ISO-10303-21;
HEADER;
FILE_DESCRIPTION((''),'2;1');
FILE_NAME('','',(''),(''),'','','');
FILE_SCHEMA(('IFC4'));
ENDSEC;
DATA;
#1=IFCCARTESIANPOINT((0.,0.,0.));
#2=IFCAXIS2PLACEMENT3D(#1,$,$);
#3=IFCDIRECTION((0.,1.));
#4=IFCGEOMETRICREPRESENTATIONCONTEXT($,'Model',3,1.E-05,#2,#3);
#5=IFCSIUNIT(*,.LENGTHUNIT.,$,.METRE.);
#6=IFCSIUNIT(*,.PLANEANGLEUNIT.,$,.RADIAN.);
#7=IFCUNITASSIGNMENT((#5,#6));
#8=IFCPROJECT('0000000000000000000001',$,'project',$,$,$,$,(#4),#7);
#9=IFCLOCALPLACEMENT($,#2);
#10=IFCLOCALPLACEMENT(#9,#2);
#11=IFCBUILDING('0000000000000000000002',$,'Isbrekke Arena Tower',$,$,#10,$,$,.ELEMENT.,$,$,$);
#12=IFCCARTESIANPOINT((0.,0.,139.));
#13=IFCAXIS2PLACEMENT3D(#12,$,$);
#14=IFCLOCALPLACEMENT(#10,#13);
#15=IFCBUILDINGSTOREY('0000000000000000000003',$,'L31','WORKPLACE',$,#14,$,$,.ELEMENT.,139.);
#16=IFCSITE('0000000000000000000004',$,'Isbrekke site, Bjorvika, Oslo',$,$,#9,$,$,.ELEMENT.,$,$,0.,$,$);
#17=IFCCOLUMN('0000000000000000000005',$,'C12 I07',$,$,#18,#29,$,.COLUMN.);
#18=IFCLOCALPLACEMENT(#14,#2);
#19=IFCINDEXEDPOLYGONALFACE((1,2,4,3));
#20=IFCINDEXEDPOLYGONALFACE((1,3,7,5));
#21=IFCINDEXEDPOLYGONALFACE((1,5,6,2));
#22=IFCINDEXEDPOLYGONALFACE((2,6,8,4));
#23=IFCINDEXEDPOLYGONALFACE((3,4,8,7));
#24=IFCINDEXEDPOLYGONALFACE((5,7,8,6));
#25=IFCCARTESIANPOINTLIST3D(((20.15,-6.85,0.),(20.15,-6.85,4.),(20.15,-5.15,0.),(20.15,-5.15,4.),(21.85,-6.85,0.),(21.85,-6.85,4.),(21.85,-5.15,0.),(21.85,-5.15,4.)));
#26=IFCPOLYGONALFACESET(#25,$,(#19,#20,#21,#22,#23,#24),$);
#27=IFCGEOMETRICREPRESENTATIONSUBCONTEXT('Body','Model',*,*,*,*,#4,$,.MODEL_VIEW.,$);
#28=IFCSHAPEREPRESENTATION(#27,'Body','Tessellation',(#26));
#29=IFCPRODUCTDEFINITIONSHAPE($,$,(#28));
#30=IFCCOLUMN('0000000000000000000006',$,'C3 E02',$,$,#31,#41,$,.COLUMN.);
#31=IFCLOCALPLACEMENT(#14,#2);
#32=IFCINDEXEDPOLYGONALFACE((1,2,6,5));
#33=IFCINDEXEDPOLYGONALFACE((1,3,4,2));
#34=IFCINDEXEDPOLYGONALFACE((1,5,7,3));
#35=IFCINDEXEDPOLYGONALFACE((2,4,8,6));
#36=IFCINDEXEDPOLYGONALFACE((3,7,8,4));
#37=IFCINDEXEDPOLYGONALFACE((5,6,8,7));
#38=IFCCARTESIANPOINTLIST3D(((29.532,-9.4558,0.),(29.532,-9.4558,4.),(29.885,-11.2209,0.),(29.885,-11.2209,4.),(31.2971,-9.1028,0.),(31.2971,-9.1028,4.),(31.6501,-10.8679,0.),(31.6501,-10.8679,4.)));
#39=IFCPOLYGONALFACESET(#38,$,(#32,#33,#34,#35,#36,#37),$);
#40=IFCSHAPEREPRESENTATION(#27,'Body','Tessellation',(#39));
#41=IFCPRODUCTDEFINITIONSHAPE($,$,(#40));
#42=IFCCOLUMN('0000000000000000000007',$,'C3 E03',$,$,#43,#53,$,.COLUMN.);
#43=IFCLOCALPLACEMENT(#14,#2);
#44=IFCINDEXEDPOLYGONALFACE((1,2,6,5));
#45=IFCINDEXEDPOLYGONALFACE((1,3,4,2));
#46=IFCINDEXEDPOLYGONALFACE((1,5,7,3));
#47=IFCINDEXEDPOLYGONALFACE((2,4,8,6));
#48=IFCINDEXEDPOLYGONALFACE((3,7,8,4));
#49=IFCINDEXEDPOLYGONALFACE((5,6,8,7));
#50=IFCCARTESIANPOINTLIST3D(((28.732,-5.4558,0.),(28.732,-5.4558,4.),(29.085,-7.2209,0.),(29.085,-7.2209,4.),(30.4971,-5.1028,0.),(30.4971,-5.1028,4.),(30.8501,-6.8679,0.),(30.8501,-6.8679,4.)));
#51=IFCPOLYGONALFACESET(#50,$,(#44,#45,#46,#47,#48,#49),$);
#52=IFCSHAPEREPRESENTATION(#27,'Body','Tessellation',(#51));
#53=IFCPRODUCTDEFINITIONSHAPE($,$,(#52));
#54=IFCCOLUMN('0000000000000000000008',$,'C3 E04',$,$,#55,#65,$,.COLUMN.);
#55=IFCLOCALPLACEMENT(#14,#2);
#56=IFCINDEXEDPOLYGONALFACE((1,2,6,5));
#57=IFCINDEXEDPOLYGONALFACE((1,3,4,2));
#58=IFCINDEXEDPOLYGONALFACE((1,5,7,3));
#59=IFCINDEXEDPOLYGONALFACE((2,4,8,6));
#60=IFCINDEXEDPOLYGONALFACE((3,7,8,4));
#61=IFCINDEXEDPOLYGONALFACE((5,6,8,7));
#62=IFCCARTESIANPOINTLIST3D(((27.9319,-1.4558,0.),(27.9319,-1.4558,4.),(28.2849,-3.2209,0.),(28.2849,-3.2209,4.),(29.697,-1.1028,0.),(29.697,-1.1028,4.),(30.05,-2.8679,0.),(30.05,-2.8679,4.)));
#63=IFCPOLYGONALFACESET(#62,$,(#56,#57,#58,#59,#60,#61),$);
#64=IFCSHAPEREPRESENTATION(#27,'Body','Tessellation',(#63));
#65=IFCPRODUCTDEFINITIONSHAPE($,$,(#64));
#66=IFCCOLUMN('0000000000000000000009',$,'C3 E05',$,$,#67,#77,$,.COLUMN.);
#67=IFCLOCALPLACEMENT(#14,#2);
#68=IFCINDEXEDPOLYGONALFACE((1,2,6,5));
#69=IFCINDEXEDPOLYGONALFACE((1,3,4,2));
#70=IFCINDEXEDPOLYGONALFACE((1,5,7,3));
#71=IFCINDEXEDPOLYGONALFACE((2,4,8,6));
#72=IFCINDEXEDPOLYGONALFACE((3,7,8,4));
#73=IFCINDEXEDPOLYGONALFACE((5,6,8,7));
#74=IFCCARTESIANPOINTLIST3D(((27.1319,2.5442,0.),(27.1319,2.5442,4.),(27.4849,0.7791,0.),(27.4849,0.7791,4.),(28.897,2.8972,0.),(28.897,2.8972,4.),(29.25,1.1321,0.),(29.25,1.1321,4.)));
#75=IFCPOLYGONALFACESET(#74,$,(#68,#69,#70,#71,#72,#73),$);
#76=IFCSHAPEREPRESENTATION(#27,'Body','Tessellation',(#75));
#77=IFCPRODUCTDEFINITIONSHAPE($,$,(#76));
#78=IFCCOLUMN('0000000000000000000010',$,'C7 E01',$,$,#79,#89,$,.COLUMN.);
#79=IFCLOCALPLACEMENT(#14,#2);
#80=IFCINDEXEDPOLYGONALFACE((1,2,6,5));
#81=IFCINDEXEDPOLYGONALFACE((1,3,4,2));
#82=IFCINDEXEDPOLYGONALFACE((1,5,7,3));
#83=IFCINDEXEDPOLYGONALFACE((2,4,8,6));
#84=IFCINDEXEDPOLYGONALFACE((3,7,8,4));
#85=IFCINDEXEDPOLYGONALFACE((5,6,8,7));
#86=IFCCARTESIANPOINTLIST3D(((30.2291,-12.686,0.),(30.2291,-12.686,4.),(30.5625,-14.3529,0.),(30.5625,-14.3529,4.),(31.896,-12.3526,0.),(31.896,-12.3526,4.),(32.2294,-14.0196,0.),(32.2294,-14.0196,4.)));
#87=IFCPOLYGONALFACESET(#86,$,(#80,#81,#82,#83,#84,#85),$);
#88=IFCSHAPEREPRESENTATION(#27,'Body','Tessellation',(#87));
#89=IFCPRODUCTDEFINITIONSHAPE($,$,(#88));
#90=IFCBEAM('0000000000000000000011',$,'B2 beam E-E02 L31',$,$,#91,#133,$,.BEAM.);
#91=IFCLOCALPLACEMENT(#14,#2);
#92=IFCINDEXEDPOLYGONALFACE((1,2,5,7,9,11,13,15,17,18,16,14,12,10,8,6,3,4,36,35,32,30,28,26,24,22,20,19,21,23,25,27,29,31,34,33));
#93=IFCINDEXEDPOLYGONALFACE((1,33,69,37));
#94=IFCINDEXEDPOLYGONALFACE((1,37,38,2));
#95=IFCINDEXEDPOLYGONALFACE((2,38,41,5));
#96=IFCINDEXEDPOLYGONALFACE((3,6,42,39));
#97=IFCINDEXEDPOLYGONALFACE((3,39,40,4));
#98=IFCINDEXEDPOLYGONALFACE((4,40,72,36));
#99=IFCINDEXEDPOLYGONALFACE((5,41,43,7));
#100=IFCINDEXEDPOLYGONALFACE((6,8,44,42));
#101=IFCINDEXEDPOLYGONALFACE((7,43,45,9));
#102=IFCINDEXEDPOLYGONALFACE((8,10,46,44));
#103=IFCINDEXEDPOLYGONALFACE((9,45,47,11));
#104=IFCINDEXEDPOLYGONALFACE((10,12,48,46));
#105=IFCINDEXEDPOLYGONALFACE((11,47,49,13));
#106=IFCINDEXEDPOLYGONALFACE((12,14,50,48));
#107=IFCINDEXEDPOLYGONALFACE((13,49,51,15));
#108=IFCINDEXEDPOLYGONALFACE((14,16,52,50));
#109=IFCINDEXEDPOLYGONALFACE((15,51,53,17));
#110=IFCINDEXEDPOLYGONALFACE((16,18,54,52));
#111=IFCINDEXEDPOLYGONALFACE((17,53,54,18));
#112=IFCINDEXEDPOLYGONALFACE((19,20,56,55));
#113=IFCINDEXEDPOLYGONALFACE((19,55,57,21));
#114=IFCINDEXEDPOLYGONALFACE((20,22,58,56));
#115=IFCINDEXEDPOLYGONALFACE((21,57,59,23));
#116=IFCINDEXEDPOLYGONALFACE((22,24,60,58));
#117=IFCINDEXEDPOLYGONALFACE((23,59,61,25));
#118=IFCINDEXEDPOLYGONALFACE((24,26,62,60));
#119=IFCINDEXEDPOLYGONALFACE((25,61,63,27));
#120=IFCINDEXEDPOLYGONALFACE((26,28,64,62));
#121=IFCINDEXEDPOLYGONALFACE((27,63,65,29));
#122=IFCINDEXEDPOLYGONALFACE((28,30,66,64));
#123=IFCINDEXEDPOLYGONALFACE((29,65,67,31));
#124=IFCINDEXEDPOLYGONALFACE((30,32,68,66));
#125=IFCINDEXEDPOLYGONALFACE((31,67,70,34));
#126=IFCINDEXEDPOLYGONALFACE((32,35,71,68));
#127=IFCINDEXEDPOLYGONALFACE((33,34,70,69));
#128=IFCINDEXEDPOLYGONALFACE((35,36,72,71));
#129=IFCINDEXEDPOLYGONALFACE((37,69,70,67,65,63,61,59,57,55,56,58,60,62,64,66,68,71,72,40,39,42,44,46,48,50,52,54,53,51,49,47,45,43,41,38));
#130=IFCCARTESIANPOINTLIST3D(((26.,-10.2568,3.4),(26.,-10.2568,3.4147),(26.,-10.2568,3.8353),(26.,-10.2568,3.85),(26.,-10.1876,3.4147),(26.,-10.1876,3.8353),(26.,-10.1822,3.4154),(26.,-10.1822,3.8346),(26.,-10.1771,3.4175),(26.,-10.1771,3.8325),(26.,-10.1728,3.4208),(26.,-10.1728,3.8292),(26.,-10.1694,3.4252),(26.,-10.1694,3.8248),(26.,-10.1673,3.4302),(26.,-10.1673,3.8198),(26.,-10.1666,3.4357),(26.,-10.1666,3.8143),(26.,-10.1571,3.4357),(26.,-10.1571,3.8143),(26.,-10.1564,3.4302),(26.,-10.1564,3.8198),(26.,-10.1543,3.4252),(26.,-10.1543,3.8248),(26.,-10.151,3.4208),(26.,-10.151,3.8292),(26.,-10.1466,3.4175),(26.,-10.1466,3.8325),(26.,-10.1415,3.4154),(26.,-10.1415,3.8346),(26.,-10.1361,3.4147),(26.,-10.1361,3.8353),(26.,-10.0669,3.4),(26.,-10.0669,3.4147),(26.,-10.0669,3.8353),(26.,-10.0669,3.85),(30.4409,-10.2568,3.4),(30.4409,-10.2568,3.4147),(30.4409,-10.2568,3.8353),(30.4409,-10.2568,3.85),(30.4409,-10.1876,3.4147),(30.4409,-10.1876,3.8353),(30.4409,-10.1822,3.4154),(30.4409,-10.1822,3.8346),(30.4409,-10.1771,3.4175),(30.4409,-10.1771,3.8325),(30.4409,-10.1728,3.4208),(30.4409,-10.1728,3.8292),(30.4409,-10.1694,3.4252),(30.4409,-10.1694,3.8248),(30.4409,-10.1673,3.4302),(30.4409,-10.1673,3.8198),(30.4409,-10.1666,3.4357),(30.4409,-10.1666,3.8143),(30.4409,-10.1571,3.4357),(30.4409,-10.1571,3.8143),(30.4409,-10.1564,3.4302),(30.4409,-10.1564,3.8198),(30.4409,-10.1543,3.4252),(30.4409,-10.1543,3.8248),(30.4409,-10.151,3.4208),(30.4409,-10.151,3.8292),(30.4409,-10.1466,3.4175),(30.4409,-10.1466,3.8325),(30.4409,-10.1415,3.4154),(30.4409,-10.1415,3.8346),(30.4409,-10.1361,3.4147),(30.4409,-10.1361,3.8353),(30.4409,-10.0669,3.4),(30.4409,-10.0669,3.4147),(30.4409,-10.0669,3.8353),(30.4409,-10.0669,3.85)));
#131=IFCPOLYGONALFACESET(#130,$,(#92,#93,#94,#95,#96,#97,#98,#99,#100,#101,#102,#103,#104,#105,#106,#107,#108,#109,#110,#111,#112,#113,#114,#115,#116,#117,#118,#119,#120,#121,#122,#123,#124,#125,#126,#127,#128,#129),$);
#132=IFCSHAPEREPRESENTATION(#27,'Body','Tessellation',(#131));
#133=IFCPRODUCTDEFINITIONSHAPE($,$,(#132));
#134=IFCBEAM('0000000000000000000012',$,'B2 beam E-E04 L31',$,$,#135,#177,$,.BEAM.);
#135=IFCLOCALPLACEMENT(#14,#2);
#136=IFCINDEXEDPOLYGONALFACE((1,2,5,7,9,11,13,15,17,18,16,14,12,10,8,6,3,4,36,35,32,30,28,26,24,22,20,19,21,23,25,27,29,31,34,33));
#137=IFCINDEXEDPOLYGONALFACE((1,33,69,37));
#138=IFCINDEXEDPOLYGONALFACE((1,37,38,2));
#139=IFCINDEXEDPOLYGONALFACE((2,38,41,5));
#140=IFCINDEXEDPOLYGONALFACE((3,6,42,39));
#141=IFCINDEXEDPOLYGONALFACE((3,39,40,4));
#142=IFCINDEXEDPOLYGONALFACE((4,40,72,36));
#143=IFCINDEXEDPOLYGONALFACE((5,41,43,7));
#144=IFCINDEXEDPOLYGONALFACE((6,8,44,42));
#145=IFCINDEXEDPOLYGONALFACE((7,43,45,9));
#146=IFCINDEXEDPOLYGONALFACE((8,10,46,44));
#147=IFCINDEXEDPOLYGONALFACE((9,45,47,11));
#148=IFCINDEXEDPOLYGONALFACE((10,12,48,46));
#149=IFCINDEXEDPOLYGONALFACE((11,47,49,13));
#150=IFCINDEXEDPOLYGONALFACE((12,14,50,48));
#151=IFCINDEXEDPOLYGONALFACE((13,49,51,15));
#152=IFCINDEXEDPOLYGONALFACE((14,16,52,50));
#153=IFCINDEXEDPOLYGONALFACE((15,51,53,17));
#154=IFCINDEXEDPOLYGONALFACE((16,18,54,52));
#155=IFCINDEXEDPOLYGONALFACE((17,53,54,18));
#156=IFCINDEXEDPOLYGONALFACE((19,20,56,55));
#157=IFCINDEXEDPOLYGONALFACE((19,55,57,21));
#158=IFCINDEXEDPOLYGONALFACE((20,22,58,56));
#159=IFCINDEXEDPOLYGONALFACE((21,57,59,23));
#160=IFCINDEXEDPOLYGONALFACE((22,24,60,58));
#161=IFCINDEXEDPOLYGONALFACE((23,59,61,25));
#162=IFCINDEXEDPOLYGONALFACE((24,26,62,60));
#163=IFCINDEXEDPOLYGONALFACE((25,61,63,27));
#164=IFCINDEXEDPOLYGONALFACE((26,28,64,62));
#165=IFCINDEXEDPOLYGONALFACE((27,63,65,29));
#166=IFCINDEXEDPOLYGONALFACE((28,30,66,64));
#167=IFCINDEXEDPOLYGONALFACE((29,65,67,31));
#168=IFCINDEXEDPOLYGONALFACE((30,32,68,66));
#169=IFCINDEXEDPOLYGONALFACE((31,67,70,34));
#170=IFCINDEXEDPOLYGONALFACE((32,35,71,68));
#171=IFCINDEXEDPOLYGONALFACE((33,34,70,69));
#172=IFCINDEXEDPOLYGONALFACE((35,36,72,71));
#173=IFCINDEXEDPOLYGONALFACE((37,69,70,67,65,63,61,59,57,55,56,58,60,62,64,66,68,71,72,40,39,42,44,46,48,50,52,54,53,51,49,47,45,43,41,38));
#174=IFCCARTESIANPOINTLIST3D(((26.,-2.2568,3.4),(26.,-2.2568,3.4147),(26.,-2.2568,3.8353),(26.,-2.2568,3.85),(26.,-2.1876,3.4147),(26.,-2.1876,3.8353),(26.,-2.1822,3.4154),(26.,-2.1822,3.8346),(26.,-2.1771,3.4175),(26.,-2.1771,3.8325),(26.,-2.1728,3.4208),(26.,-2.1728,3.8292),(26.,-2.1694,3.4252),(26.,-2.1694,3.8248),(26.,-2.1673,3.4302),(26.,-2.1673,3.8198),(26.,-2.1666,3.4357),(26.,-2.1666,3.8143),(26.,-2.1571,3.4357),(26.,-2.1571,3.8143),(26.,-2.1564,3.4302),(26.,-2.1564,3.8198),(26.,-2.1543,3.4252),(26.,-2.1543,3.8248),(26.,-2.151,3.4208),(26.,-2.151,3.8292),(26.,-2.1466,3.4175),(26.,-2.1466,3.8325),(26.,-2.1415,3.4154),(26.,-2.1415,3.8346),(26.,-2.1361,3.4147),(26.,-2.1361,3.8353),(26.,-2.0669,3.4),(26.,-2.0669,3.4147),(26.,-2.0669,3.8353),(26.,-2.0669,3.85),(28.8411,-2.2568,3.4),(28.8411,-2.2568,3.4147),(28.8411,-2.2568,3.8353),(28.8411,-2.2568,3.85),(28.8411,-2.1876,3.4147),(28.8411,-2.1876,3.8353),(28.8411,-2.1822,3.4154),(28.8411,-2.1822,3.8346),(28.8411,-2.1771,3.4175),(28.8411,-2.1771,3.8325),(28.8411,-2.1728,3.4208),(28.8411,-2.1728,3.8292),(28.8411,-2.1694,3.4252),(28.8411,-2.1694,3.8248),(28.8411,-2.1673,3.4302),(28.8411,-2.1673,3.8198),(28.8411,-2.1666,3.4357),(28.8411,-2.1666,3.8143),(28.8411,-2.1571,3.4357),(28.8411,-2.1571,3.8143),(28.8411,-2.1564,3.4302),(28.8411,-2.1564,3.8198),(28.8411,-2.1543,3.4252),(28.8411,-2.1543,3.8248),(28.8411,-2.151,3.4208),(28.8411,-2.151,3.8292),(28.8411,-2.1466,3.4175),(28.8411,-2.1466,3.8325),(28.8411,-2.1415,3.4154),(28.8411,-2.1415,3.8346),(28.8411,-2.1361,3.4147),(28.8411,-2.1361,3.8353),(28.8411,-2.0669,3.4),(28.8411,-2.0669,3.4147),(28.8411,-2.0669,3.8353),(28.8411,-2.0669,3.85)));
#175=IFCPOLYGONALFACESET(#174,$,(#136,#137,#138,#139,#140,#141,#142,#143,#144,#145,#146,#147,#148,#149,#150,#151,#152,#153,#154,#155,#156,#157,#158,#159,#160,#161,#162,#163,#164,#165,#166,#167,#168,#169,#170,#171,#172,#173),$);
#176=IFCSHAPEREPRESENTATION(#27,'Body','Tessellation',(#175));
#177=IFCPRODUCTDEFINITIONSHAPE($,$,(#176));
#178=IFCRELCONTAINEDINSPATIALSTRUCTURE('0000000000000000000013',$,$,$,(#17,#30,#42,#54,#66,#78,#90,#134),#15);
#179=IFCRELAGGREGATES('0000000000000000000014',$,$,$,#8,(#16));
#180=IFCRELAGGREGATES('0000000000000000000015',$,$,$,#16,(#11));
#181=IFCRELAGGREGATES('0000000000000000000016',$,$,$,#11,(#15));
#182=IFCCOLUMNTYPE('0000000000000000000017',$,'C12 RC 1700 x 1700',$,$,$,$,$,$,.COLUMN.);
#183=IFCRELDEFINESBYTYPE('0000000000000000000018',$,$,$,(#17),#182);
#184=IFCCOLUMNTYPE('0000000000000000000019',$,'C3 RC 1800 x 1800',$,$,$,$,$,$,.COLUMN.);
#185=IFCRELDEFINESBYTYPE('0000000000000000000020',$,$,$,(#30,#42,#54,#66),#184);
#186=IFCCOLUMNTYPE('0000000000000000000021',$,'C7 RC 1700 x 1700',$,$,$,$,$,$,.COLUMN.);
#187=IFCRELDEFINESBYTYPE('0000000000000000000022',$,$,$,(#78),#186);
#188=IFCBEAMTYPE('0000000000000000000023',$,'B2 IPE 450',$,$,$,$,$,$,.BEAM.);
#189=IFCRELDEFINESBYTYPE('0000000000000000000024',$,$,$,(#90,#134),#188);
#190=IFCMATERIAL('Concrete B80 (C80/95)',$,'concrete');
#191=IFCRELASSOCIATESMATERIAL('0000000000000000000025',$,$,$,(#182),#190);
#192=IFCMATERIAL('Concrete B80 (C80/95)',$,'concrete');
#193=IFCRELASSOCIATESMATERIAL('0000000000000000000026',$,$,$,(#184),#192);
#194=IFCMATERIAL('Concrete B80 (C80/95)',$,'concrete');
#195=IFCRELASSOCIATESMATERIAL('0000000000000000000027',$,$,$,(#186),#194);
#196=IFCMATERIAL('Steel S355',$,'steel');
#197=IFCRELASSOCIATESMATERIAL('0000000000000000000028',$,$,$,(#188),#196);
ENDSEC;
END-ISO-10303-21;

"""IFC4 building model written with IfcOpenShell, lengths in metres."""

from ifc_helpers import new_model, si_unit, direction, frame, origin, origin_2d, place, context, subcontext, project, spatial, rectangle, i_section, extrude, material, material_profile, profile_set, type_object, element, save


model = new_model("IFC4")

# Units and contexts
model_context = context("Model", 3, precision=1e-05, world=origin(), true_north=direction((0.0, 1.0)))
body_context = subcontext(model_context, "Body", "Model", "MODEL_VIEW")
ifc_project = project(units=[si_unit("LENGTHUNIT", "METRE"), si_unit("PLANEANGLEUNIT", "RADIAN")], contexts=[model_context])

# Site, building, storey
site_placement = place(None, origin())
site = spatial("IfcSite", under=ifc_project, at=site_placement, Name="Isbrekke site, Bjorvika, Oslo", CompositionType="ELEMENT", RefElevation=0.0)
building_placement = place(site_placement, origin())
building = spatial("IfcBuilding", under=site, at=building_placement, Name="Isbrekke Arena Tower", CompositionType="ELEMENT")
storey_placement = place(building_placement, frame((0.0, 0.0, 139.0)))
storey = spatial("IfcBuildingStorey", under=building, at=storey_placement, Name="L31", Description="WORKPLACE", CompositionType="ELEMENT", Elevation=139.0)

# Columns
ifc_material_1 = material(Name="Concrete B80 (C80/95)", Category="concrete")
ifc_material_profile_1 = material_profile(ifc_material_1, rectangle(XDim=1.7, YDim=1.7, at=origin_2d()), Name="RC 1700x1700")
ifc_profile_set_1 = profile_set([ifc_material_profile_1], Name="Concrete B80 (C80/95)")
column_type_1 = type_object("IfcColumnType", Name="C12 RC 1700 x 1700", PredefinedType="COLUMN", material=ifc_profile_set_1)
column_1_placement = place(storey_placement, frame((21.0, -6.0, 0.0), z_axis=(0.0, 0.0, 1.0), x_axis=(1.0, 0.0, 0.0)))
element("IfcColumn", 1, at=column_1_placement, inside=storey, type_object=column_type_1, Name="C12 I07", PredefinedType="COLUMN", context=body_context, shape_type="SweptSolid", body=[
    extrude(rectangle(XDim=1.7, YDim=1.7, at=origin_2d()), origin(), (0.0, 0.0, 1.0), 4.0),
])
ifc_material_2 = material(Name="Concrete B80 (C80/95)", Category="concrete")
ifc_material_profile_2 = material_profile(ifc_material_2, rectangle(XDim=1.8, YDim=1.8, at=origin_2d()), Name="RC 1800x1800")
ifc_profile_set_2 = profile_set([ifc_material_profile_2], Name="Concrete B80 (C80/95)")
column_type_2 = type_object("IfcColumnType", Name="C3 RC 1800 x 1800", PredefinedType="COLUMN", material=ifc_profile_set_2)
for number, where, z_axis, x_axis, name in (
    (2, (30.5911, -10.1619, 0.0), (0.0, 0.0, 1.0), (-0.196116, 0.980581, 0.0), "C3 E02"),
    (3, (29.791, -6.1619, 0.0), (0.0, 0.0, 1.0), (-0.196116, 0.980581, 0.0), "C3 E03"),
    (4, (28.991, -2.1619, 0.0), (0.0, 0.0, 1.0), (-0.196116, 0.980581, 0.0), "C3 E04"),
    (5, (28.1909, 1.8381, 0.0), (0.0, 0.0, 1.0), (-0.196116, 0.980581, 0.0), "C3 E05"),
):
    element("IfcColumn", number, at=place(storey_placement, frame(where, z_axis=z_axis, x_axis=x_axis)), inside=storey, type_object=column_type_2, Name=name, PredefinedType="COLUMN", context=body_context, shape_type="SweptSolid", body=[
        extrude(rectangle(XDim=1.8, YDim=1.8, at=origin_2d()), origin(), (0.0, 0.0, 1.0), 4.0),
    ])
ifc_material_3 = material(Name="Concrete B80 (C80/95)", Category="concrete")
ifc_material_profile_3 = material_profile(ifc_material_3, rectangle(XDim=1.7, YDim=1.7, at=origin_2d()), Name="RC 1700x1700")
ifc_profile_set_3 = profile_set([ifc_material_profile_3], Name="Concrete B80 (C80/95)")
column_type_3 = type_object("IfcColumnType", Name="C7 RC 1700 x 1700", PredefinedType="COLUMN", material=ifc_profile_set_3)
column_2_placement = place(storey_placement, frame((31.2292, -13.3528, 0.0), z_axis=(0.0, 0.0, 1.0), x_axis=(-0.196116, 0.980581, 0.0)))
element("IfcColumn", 6, at=column_2_placement, inside=storey, type_object=column_type_3, Name="C7 E01", PredefinedType="COLUMN", context=body_context, shape_type="SweptSolid", body=[
    extrude(rectangle(XDim=1.7, YDim=1.7, at=origin_2d()), origin(), (0.0, 0.0, 1.0), 4.0),
])

# Beams
ifc_material_4 = material(Name="Steel S355", Category="steel")
ifc_material_profile_4 = material_profile(ifc_material_4, i_section(OverallWidth=0.1899, OverallDepth=0.45, WebThickness=0.0095, FlangeThickness=0.0146, FilletRadius=0.021, at=origin_2d()), Name="IPE 450")
ifc_profile_set_4 = profile_set([ifc_material_profile_4], Name="Steel S355")
beam_type_1 = type_object("IfcBeamType", Name="B2 IPE 450", PredefinedType="BEAM", material=ifc_profile_set_4)
beam_1_placement = place(storey_placement, frame((30.4409, -10.1619, 3.625), z_axis=(-1.0, 0.0, 0.0), x_axis=(0.0, -1.0, 0.0)))
element("IfcBeam", 7, at=beam_1_placement, inside=storey, type_object=beam_type_1, Name="B2 beam E-E02 L31", PredefinedType="BEAM", context=body_context, shape_type="SweptSolid", body=[
    extrude(i_section(OverallWidth=0.1899, OverallDepth=0.45, WebThickness=0.0095, FlangeThickness=0.0146, FilletRadius=0.021, at=origin_2d()), origin(), (0.0, 0.0, 1.0), 4.4409),
])
beam_2_placement = place(storey_placement, frame((28.8411, -2.1619, 3.625), z_axis=(-1.0, 0.0, 0.0), x_axis=(0.0, -1.0, 0.0)))
element("IfcBeam", 8, at=beam_2_placement, inside=storey, type_object=beam_type_1, Name="B2 beam E-E04 L31", PredefinedType="BEAM", context=body_context, shape_type="SweptSolid", body=[
    extrude(i_section(OverallWidth=0.1899, OverallDepth=0.45, WebThickness=0.0095, FlangeThickness=0.0146, FilletRadius=0.021, at=origin_2d()), origin(), (0.0, 0.0, 1.0), 2.8411),
])

save(model, "model.ifc")
